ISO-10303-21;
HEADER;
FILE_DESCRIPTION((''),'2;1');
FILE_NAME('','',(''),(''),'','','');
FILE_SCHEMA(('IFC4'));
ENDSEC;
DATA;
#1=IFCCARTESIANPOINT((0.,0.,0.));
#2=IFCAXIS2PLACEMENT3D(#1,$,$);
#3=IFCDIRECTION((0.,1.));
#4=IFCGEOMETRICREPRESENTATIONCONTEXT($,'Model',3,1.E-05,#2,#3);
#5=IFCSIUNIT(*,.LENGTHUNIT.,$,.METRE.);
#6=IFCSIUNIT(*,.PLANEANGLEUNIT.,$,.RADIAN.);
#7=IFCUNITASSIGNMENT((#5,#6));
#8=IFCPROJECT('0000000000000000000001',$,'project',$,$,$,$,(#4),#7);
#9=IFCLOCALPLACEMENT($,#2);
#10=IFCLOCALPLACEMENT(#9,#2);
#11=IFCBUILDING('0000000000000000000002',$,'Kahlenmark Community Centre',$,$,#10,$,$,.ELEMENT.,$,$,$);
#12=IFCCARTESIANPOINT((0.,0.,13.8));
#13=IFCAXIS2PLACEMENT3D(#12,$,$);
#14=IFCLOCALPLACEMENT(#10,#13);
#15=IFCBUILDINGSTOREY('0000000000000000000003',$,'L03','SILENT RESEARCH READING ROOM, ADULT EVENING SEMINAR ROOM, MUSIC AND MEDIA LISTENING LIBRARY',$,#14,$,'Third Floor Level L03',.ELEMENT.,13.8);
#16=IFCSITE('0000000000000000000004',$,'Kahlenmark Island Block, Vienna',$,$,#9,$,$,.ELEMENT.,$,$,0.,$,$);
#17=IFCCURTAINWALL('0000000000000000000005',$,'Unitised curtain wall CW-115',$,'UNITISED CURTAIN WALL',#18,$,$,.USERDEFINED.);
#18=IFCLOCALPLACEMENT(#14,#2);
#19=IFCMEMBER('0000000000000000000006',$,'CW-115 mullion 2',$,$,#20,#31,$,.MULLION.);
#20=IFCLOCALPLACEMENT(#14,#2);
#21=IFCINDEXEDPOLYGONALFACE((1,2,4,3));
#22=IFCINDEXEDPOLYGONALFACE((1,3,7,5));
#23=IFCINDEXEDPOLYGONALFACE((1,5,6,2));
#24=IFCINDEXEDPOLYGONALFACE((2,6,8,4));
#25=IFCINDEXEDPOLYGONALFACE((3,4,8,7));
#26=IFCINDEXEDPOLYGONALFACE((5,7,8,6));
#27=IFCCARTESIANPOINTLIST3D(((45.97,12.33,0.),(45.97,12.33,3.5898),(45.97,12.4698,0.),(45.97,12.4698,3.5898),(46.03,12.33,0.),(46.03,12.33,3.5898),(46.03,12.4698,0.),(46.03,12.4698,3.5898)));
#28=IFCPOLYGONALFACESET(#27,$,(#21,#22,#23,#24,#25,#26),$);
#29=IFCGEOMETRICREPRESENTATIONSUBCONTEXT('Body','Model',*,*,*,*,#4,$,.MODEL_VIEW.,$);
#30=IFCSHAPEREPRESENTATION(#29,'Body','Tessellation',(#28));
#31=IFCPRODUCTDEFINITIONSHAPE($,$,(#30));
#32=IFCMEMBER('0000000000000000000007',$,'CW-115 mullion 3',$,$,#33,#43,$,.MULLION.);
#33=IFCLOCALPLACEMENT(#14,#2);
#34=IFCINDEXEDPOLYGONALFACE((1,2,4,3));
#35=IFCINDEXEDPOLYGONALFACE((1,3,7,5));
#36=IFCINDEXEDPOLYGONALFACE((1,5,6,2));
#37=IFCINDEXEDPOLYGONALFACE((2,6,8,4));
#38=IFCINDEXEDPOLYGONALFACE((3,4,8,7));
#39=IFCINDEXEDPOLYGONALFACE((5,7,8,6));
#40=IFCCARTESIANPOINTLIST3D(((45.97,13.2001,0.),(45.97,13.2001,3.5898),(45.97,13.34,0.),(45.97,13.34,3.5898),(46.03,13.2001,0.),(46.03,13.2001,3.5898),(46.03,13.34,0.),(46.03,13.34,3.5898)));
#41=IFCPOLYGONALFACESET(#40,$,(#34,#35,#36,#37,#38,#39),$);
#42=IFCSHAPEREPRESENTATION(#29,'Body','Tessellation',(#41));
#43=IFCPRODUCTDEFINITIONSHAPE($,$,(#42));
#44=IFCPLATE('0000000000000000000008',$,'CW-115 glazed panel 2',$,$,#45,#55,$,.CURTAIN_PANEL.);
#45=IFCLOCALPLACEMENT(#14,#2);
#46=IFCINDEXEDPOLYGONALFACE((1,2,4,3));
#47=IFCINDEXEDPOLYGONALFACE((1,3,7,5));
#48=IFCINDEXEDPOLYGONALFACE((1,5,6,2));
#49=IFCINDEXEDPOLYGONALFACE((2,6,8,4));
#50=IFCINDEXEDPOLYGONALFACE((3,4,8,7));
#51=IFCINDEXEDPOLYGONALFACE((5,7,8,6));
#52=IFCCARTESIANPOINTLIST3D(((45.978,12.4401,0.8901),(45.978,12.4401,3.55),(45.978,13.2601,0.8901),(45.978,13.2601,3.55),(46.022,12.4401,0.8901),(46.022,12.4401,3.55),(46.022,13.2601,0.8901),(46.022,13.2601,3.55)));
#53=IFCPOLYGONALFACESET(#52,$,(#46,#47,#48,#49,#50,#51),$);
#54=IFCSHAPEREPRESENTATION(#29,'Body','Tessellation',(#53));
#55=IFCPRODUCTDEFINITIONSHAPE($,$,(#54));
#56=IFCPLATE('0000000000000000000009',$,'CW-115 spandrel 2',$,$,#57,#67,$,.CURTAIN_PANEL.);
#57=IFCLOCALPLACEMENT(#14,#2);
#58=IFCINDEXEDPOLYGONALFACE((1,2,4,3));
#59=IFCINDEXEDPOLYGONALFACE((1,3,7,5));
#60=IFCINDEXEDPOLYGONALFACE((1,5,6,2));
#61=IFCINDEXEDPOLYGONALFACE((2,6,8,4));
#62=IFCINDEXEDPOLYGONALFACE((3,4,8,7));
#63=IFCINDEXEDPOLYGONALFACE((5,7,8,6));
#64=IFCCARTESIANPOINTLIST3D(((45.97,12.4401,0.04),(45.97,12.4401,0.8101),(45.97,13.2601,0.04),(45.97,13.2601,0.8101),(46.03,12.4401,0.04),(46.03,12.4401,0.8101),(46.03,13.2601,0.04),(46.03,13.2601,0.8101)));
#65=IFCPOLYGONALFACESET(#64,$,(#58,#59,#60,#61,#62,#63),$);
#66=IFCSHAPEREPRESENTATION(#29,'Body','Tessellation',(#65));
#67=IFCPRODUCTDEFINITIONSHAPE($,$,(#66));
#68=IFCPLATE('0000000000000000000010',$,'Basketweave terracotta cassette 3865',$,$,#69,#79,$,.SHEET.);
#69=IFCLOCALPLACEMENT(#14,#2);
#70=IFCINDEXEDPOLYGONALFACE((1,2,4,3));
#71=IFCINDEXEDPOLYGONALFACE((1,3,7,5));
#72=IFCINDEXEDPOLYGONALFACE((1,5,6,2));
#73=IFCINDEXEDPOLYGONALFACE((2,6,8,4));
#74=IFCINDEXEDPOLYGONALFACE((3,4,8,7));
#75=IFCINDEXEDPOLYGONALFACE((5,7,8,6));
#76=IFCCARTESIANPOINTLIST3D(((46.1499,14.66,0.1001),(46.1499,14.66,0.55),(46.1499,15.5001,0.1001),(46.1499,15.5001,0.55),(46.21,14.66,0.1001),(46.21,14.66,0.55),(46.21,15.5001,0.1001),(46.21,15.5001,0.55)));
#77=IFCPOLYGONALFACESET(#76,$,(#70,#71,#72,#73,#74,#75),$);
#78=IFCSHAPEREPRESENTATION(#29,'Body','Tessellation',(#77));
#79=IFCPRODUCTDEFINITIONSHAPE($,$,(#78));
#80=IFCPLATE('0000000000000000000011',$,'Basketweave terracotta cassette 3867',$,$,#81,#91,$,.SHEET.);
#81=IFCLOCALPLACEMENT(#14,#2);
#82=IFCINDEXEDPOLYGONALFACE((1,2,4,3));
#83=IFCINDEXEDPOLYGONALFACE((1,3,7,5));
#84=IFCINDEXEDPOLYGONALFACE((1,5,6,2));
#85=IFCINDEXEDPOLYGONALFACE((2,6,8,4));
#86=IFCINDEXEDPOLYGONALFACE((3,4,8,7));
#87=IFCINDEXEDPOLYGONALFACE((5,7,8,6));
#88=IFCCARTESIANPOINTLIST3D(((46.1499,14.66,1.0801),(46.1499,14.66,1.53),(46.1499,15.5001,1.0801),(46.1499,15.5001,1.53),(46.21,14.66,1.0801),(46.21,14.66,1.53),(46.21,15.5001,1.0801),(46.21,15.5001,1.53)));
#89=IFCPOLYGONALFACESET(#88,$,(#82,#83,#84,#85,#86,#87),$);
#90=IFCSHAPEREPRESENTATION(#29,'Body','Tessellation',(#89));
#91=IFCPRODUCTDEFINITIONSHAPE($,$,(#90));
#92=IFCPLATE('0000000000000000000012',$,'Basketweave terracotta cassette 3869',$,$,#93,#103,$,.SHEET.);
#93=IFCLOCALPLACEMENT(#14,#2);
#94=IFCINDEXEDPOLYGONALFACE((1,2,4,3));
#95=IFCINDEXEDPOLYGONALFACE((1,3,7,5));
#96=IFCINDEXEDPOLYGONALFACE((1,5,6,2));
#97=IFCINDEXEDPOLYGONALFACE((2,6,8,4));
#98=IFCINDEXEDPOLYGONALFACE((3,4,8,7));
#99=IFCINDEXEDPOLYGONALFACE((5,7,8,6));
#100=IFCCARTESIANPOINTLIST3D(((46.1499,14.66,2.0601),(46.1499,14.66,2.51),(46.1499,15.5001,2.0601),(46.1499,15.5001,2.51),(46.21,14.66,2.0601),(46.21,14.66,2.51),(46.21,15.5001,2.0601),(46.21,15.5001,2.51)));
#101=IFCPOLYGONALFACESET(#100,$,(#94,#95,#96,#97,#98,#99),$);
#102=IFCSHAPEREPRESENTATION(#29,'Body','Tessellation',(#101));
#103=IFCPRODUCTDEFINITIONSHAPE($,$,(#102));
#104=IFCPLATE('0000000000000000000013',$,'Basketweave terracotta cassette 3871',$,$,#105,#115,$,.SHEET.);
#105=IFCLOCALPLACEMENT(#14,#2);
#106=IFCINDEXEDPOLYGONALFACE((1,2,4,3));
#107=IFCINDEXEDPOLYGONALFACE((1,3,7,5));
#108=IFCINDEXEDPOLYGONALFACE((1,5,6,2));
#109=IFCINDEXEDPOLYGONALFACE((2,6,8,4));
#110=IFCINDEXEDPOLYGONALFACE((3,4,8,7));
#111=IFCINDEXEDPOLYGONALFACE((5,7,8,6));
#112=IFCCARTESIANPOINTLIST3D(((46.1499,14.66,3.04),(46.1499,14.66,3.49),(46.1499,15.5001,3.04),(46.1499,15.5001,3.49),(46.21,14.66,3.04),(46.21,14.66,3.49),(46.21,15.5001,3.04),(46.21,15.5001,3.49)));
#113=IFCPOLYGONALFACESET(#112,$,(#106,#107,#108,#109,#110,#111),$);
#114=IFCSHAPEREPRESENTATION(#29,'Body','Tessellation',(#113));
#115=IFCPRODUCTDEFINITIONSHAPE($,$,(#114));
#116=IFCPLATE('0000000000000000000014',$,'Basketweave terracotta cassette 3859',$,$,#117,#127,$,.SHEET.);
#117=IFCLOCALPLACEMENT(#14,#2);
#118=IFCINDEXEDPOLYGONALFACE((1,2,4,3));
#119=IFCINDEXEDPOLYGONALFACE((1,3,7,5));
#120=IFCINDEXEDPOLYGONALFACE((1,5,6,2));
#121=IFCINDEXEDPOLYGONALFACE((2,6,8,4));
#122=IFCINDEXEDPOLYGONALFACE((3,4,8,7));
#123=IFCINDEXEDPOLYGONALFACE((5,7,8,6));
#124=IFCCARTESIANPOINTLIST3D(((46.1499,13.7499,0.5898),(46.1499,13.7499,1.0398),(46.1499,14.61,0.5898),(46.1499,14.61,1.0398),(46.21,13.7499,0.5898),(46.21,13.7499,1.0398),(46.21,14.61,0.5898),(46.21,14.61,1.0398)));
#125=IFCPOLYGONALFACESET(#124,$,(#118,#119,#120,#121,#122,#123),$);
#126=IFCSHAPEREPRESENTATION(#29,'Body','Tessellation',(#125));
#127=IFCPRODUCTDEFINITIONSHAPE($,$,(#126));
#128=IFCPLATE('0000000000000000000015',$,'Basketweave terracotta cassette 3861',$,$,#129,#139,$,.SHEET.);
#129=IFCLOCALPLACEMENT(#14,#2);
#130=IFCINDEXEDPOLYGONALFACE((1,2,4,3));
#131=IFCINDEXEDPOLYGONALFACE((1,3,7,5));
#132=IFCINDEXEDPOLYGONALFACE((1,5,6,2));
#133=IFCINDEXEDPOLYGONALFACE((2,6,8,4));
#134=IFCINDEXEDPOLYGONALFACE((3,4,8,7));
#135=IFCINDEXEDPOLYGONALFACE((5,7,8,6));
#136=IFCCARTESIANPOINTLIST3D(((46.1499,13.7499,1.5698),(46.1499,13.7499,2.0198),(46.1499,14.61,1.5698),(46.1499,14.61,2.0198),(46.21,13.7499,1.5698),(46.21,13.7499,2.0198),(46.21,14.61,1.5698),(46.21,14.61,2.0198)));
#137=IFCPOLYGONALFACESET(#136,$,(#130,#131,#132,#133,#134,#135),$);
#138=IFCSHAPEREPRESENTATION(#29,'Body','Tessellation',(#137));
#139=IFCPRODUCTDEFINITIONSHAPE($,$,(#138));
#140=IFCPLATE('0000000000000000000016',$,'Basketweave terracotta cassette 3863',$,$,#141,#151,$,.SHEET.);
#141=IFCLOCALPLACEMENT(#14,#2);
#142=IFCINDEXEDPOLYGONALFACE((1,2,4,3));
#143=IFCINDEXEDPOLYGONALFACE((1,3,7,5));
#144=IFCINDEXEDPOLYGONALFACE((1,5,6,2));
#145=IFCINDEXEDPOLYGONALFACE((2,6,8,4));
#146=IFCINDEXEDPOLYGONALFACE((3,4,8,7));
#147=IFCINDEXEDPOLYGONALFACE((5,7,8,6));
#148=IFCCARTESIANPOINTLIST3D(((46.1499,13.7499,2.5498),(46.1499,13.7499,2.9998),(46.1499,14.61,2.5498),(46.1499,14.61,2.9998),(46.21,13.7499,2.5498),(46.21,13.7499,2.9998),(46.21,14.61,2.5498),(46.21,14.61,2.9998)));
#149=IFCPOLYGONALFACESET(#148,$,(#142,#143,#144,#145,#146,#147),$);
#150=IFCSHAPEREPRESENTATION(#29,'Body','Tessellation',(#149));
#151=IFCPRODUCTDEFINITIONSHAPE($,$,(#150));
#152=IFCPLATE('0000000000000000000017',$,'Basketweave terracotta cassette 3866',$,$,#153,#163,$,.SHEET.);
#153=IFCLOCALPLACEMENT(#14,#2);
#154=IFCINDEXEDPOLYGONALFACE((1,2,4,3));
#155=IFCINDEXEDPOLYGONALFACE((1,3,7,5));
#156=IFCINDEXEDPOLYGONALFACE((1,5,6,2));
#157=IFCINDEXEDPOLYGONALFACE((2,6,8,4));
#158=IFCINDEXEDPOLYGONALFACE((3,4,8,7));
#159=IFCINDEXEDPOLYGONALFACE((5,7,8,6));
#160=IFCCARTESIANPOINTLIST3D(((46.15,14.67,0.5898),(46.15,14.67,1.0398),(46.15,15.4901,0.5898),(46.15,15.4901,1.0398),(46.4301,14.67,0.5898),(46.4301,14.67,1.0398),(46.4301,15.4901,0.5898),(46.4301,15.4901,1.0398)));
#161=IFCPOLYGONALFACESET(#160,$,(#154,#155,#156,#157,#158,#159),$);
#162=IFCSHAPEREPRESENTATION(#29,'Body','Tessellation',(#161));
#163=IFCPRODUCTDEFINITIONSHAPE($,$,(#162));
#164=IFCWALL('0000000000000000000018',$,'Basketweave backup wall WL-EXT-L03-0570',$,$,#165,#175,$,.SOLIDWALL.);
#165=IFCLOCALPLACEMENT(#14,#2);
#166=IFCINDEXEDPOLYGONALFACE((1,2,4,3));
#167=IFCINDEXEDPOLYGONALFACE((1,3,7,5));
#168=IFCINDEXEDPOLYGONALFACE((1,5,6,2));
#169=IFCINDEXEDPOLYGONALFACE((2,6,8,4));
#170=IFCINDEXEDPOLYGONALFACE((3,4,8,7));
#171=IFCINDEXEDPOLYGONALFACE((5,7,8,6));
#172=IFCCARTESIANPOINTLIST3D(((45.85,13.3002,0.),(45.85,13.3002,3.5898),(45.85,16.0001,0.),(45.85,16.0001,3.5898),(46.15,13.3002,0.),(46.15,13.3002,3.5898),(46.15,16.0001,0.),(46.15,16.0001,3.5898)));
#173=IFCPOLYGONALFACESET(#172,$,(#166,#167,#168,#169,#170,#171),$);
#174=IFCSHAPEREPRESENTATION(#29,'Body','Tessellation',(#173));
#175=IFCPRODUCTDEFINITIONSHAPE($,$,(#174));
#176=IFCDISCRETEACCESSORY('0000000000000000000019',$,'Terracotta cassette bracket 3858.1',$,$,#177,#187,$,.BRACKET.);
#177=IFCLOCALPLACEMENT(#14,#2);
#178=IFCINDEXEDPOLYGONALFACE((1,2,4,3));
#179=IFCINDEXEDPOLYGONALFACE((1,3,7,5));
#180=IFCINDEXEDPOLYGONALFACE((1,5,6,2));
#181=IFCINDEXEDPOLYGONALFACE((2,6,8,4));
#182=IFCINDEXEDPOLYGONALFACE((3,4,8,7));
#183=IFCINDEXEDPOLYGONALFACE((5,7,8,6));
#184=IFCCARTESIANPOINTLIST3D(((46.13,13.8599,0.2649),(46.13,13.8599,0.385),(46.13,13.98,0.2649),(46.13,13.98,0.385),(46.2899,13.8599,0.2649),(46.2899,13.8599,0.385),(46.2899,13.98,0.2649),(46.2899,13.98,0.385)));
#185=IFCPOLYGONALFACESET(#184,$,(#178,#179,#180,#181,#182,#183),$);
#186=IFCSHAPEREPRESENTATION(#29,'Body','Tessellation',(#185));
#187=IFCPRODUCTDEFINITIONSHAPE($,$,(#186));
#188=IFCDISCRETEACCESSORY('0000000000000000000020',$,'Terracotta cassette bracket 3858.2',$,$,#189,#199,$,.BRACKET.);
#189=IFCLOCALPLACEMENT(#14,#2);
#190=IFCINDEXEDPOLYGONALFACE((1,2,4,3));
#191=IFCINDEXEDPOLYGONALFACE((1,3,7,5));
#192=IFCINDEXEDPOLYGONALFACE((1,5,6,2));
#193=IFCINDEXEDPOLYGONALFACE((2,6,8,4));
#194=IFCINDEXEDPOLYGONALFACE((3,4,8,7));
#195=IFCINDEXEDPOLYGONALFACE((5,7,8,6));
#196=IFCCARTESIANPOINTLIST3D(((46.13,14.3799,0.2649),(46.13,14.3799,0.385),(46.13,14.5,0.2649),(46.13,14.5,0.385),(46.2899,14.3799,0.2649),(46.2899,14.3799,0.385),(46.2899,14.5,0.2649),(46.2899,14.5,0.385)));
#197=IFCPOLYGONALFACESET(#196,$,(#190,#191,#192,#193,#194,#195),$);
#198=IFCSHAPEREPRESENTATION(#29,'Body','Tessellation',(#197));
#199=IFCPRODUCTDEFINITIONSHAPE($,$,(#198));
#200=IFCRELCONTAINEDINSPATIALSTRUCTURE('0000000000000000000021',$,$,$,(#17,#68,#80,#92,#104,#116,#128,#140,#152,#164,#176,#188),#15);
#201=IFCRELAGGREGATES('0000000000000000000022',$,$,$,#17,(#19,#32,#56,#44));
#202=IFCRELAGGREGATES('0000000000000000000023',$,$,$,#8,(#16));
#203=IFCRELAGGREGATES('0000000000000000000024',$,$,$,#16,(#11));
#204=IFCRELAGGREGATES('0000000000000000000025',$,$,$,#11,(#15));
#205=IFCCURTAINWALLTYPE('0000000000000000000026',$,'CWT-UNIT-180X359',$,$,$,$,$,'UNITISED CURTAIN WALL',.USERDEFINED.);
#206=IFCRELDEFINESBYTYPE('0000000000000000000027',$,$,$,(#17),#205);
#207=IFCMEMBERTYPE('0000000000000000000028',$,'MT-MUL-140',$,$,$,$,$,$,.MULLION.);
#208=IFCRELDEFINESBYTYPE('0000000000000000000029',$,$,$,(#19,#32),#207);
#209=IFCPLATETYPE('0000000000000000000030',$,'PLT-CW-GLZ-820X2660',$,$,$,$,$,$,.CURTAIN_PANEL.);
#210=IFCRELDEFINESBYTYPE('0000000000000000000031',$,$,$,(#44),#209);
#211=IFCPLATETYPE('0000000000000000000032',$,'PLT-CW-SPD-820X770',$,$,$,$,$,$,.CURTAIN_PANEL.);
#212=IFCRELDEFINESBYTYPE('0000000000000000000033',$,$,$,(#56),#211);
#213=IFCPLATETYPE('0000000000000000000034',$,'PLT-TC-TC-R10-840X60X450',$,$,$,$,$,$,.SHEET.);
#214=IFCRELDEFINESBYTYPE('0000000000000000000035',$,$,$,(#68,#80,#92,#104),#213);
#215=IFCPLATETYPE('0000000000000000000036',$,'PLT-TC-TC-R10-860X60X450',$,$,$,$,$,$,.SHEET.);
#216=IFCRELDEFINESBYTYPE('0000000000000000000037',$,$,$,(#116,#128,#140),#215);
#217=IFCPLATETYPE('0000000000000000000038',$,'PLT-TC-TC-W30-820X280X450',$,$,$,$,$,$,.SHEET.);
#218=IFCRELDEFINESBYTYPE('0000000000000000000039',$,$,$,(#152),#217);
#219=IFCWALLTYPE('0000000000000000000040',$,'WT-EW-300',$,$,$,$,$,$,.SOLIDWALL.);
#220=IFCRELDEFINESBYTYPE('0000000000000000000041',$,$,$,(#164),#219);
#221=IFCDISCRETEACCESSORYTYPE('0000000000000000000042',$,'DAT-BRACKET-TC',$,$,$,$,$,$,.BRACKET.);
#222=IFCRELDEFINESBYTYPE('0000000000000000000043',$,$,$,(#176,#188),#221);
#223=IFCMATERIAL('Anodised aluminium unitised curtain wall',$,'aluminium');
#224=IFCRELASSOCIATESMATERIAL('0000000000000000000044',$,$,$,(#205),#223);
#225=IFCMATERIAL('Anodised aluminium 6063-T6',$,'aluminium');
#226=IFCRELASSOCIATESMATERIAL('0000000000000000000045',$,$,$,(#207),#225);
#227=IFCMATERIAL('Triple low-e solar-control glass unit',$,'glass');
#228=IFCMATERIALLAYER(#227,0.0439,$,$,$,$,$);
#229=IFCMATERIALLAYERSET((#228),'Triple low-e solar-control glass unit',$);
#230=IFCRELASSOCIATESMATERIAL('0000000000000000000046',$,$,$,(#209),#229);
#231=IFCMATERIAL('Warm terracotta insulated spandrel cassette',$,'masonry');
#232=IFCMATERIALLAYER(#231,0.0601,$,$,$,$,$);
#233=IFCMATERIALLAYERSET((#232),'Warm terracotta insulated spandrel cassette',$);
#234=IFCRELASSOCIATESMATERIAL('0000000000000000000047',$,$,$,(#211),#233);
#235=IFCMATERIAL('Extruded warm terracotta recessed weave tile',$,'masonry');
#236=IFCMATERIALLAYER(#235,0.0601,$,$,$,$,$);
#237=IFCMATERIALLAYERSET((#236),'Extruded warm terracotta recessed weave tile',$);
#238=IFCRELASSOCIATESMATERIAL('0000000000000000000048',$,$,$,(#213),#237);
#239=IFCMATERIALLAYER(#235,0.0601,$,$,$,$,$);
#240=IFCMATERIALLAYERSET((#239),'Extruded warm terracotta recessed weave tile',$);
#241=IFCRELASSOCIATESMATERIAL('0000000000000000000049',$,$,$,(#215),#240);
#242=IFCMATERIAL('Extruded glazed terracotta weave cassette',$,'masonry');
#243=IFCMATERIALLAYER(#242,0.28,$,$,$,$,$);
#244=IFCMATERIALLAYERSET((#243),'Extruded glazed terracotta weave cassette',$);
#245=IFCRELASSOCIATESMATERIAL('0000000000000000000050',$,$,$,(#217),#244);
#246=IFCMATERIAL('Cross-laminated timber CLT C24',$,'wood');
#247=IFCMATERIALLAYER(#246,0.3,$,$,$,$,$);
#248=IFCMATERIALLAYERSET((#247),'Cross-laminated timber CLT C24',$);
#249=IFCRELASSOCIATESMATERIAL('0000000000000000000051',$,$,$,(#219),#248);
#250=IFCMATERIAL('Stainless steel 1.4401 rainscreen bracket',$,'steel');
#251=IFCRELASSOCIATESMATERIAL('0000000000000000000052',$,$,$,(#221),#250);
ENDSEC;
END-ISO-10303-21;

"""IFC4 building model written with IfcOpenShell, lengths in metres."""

from ifc_helpers import new_model, si_unit, direction, frame, frame_2d, origin, origin_2d, place, context, subcontext, project, spatial, rectangle, extrude, material, layer, layer_set, material_profile, profile_set, type_object, element, aggregate, save


model = new_model("IFC4")

# Units and contexts
model_context = context("Model", 3, precision=1e-05, world=origin(), true_north=direction((0.0, 1.0)))
body_context = subcontext(model_context, "Body", "Model", "MODEL_VIEW")
ifc_project = project(units=[si_unit("LENGTHUNIT", "METRE"), si_unit("PLANEANGLEUNIT", "RADIAN")], contexts=[model_context])

# Site, building, storey
site_placement = place(None, origin())
site = spatial("IfcSite", under=ifc_project, at=site_placement, Name="Kahlenmark Island Block, Vienna", CompositionType="ELEMENT", RefElevation=0.0)
building_placement = place(site_placement, origin())
building = spatial("IfcBuilding", under=site, at=building_placement, Name="Kahlenmark Community Centre", CompositionType="ELEMENT")
storey_placement = place(building_placement, frame((0.0, 0.0, 13.8)))
storey = spatial("IfcBuildingStorey", under=building, at=storey_placement, Name="L03", Description="SILENT RESEARCH READING ROOM, ADULT EVENING SEMINAR ROOM, MUSIC AND MEDIA LISTENING LIBRARY", LongName="Third Floor Level L03", CompositionType="ELEMENT", Elevation=13.8)

# Curtain wall, members, plates
ifc_material_1 = material(Name="Anodised aluminium unitised curtain wall", Category="aluminium")
curtain_wall_type = type_object("IfcCurtainWallType", Name="CWT-UNIT-180X359", ElementType="UNITISED CURTAIN WALL", PredefinedType="USERDEFINED", material=ifc_material_1)
curtain_wall_placement = place(storey_placement, origin())
curtain_wall = element("IfcCurtainWall", 1, at=curtain_wall_placement, inside=storey, type_object=curtain_wall_type, Name="Unitised curtain wall CW-115", ObjectType="UNITISED CURTAIN WALL", PredefinedType="USERDEFINED")
ifc_material_2 = material(Name="Anodised aluminium 6063-T6", Category="aluminium")
ifc_material_profile = material_profile(ifc_material_2, rectangle(XDim=0.0601, YDim=0.1399, at=origin_2d()), Name="ALU MULLION 60x140")
ifc_profile_set = profile_set([ifc_material_profile], Name="Anodised aluminium 6063-T6")
member_type = type_object("IfcMemberType", Name="MT-MUL-140", PredefinedType="MULLION", material=ifc_profile_set)
member_1_placement = place(storey_placement, frame((46.0, 12.3999, 0.0), z_axis=(0.0, 0.0, 1.0), x_axis=(-1.0, 0.0, 0.0)))
member_1 = element("IfcMember", 2, at=member_1_placement, type_object=member_type, Name="CW-115 mullion 2", PredefinedType="MULLION", context=body_context, shape_type="SweptSolid", body=[
    extrude(rectangle(XDim=0.0601, YDim=0.1399, at=origin_2d()), origin(), (0.0, 0.0, 1.0), 3.5898),
])
member_2_placement = place(storey_placement, frame((46.0, 13.27, 0.0), z_axis=(0.0, 0.0, 1.0), x_axis=(-1.0, 0.0, 0.0)))
member_2 = element("IfcMember", 3, at=member_2_placement, type_object=member_type, Name="CW-115 mullion 3", PredefinedType="MULLION", context=body_context, shape_type="SweptSolid", body=[
    extrude(rectangle(XDim=0.0601, YDim=0.1399, at=origin_2d()), origin(), (0.0, 0.0, 1.0), 3.5898),
])
ifc_material_3 = material(Name="Triple low-e solar-control glass unit", Category="glass")
ifc_layer_1 = layer(ifc_material_3, 0.0439)
ifc_layer_set_1 = layer_set([ifc_layer_1], Name="Triple low-e solar-control glass unit")
plate_type_1 = type_object("IfcPlateType", Name="PLT-CW-GLZ-820X2660", PredefinedType="CURTAIN_PANEL", material=ifc_layer_set_1)
plate_1_placement = place(storey_placement, frame((46.0, 12.8501, 0.8901), z_axis=(0.0, 0.0, 1.0), x_axis=(0.0, 1.0, 0.0)))
plate_1 = element("IfcPlate", 4, at=plate_1_placement, type_object=plate_type_1, Name="CW-115 glazed panel 2", PredefinedType="CURTAIN_PANEL", context=body_context, shape_type="SweptSolid", body=[
    extrude(rectangle(XDim=0.8201, YDim=0.0439, at=origin_2d()), origin(), (0.0, 0.0, 1.0), 2.6599),
])
ifc_material_4 = material(Name="Warm terracotta insulated spandrel cassette", Category="masonry")
ifc_layer_2 = layer(ifc_material_4, 0.0601)
ifc_layer_set_2 = layer_set([ifc_layer_2], Name="Warm terracotta insulated spandrel cassette")
plate_type_2 = type_object("IfcPlateType", Name="PLT-CW-SPD-820X770", PredefinedType="CURTAIN_PANEL", material=ifc_layer_set_2)
plate_2_placement = place(storey_placement, frame((46.0, 12.8501, 0.04), z_axis=(0.0, 0.0, 1.0), x_axis=(0.0, 1.0, 0.0)))
plate_2 = element("IfcPlate", 5, at=plate_2_placement, type_object=plate_type_2, Name="CW-115 spandrel 2", PredefinedType="CURTAIN_PANEL", context=body_context, shape_type="SweptSolid", body=[
    extrude(rectangle(XDim=0.8201, YDim=0.0601, at=origin_2d()), origin(), (0.0, 0.0, 1.0), 0.77),
])
aggregate(curtain_wall, [member_1, member_2, plate_2, plate_1])

# Plates
ifc_material_5 = material(Name="Extruded warm terracotta recessed weave tile", Category="masonry")
ifc_layer_3 = layer(ifc_material_5, 0.0601)
ifc_layer_set_3 = layer_set([ifc_layer_3], Name="Extruded warm terracotta recessed weave tile")
plate_type_3 = type_object("IfcPlateType", Name="PLT-TC-TC-R10-840X60X450", PredefinedType="SHEET", material=ifc_layer_set_3)
for number, where, z_axis, x_axis, name in (
    (6, (46.1799, 15.0801, 0.1001), (0.0, 0.0, 1.0), (0.0, 1.0, 0.0), "Basketweave terracotta cassette 3865"),
    (7, (46.1799, 15.0801, 1.0801), (0.0, 0.0, 1.0), (0.0, 1.0, 0.0), "Basketweave terracotta cassette 3867"),
    (8, (46.1799, 15.0801, 2.0601), (0.0, 0.0, 1.0), (0.0, 1.0, 0.0), "Basketweave terracotta cassette 3869"),
    (9, (46.1799, 15.0801, 3.04), (0.0, 0.0, 1.0), (0.0, 1.0, 0.0), "Basketweave terracotta cassette 3871"),
):
    element("IfcPlate", number, at=place(storey_placement, frame(where, z_axis=z_axis, x_axis=x_axis)), inside=storey, type_object=plate_type_3, Name=name, PredefinedType="SHEET", context=body_context, shape_type="SweptSolid", body=[
        extrude(rectangle(XDim=0.8401, YDim=0.0601, at=origin_2d()), origin(), (0.0, 0.0, 1.0), 0.45),
    ])
ifc_layer_4 = layer(ifc_material_5, 0.0601)
ifc_layer_set_4 = layer_set([ifc_layer_4], Name="Extruded warm terracotta recessed weave tile")
plate_type_4 = type_object("IfcPlateType", Name="PLT-TC-TC-R10-860X60X450", PredefinedType="SHEET", material=ifc_layer_set_4)
for number, where, z_axis, x_axis, name in (
    (10, (46.1799, 14.1799, 0.5898), (0.0, 0.0, 1.0), (0.0, 1.0, 0.0), "Basketweave terracotta cassette 3859"),
    (11, (46.1799, 14.1799, 1.5698), (0.0, 0.0, 1.0), (0.0, 1.0, 0.0), "Basketweave terracotta cassette 3861"),
    (12, (46.1799, 14.1799, 2.5498), (0.0, 0.0, 1.0), (0.0, 1.0, 0.0), "Basketweave terracotta cassette 3863"),
):
    element("IfcPlate", number, at=place(storey_placement, frame(where, z_axis=z_axis, x_axis=x_axis)), inside=storey, type_object=plate_type_4, Name=name, PredefinedType="SHEET", context=body_context, shape_type="SweptSolid", body=[
        extrude(rectangle(XDim=0.8601, YDim=0.0601, at=origin_2d()), origin(), (0.0, 0.0, 1.0), 0.45),
    ])
ifc_material_6 = material(Name="Extruded glazed terracotta weave cassette", Category="masonry")
ifc_layer_5 = layer(ifc_material_6, 0.28)
ifc_layer_set_5 = layer_set([ifc_layer_5], Name="Extruded glazed terracotta weave cassette")
plate_type_5 = type_object("IfcPlateType", Name="PLT-TC-TC-W30-820X280X450", PredefinedType="SHEET", material=ifc_layer_set_5)
plate_3_placement = place(storey_placement, frame((46.29, 15.0801, 0.5898), z_axis=(0.0, 0.0, 1.0), x_axis=(0.0, 1.0, 0.0)))
element("IfcPlate", 13, at=plate_3_placement, inside=storey, type_object=plate_type_5, Name="Basketweave terracotta cassette 3866", PredefinedType="SHEET", context=body_context, shape_type="SweptSolid", body=[
    extrude(rectangle(XDim=0.8201, YDim=0.28, at=origin_2d()), origin(), (0.0, 0.0, 1.0), 0.45),
])

# Wall
ifc_material_7 = material(Name="Cross-laminated timber CLT C24", Category="wood")
ifc_layer_6 = layer(ifc_material_7, 0.3)
ifc_layer_set_6 = layer_set([ifc_layer_6], Name="Cross-laminated timber CLT C24")
wall_type = type_object("IfcWallType", Name="WT-EW-300", PredefinedType="SOLIDWALL", material=ifc_layer_set_6)
wall_placement = place(storey_placement, frame((46.0, 13.3, 0.0), z_axis=(0.0, 0.0, 1.0), x_axis=(0.0, 1.0, 0.0)))
element("IfcWall", 14, at=wall_placement, inside=storey, type_object=wall_type, Name="Basketweave backup wall WL-EXT-L03-0570", PredefinedType="SOLIDWALL", context=body_context, shape_type="SweptSolid", body=[
    extrude(rectangle(XDim=2.7, YDim=0.3, at=frame_2d((1.3501, 0.0))), origin(), (0.0, 0.0, 1.0), 3.5898),
])

# Discrete accessories
ifc_material_8 = material(Name="Stainless steel 1.4401 rainscreen bracket", Category="steel")
discrete_accessory_type = type_object("IfcDiscreteAccessoryType", Name="DAT-BRACKET-TC", PredefinedType="BRACKET", material=ifc_material_8)
for number, where, z_axis, x_axis, name in (
    (15, (46.21, 13.9199, 0.2649), (0.0, 0.0, 1.0), (0.0, 1.0, 0.0), "Terracotta cassette bracket 3858.1"),
    (16, (46.21, 14.4399, 0.2649), (0.0, 0.0, 1.0), (0.0, 1.0, 0.0), "Terracotta cassette bracket 3858.2"),
):
    element("IfcDiscreteAccessory", number, at=place(storey_placement, frame(where, z_axis=z_axis, x_axis=x_axis)), inside=storey, type_object=discrete_accessory_type, Name=name, PredefinedType="BRACKET", context=body_context, shape_type="SweptSolid", body=[
        extrude(rectangle(XDim=0.1201, YDim=0.1599, at=origin_2d()), origin(), (0.0, 0.0, 1.0), 0.1201),
    ])

save(model, "model.ifc")
